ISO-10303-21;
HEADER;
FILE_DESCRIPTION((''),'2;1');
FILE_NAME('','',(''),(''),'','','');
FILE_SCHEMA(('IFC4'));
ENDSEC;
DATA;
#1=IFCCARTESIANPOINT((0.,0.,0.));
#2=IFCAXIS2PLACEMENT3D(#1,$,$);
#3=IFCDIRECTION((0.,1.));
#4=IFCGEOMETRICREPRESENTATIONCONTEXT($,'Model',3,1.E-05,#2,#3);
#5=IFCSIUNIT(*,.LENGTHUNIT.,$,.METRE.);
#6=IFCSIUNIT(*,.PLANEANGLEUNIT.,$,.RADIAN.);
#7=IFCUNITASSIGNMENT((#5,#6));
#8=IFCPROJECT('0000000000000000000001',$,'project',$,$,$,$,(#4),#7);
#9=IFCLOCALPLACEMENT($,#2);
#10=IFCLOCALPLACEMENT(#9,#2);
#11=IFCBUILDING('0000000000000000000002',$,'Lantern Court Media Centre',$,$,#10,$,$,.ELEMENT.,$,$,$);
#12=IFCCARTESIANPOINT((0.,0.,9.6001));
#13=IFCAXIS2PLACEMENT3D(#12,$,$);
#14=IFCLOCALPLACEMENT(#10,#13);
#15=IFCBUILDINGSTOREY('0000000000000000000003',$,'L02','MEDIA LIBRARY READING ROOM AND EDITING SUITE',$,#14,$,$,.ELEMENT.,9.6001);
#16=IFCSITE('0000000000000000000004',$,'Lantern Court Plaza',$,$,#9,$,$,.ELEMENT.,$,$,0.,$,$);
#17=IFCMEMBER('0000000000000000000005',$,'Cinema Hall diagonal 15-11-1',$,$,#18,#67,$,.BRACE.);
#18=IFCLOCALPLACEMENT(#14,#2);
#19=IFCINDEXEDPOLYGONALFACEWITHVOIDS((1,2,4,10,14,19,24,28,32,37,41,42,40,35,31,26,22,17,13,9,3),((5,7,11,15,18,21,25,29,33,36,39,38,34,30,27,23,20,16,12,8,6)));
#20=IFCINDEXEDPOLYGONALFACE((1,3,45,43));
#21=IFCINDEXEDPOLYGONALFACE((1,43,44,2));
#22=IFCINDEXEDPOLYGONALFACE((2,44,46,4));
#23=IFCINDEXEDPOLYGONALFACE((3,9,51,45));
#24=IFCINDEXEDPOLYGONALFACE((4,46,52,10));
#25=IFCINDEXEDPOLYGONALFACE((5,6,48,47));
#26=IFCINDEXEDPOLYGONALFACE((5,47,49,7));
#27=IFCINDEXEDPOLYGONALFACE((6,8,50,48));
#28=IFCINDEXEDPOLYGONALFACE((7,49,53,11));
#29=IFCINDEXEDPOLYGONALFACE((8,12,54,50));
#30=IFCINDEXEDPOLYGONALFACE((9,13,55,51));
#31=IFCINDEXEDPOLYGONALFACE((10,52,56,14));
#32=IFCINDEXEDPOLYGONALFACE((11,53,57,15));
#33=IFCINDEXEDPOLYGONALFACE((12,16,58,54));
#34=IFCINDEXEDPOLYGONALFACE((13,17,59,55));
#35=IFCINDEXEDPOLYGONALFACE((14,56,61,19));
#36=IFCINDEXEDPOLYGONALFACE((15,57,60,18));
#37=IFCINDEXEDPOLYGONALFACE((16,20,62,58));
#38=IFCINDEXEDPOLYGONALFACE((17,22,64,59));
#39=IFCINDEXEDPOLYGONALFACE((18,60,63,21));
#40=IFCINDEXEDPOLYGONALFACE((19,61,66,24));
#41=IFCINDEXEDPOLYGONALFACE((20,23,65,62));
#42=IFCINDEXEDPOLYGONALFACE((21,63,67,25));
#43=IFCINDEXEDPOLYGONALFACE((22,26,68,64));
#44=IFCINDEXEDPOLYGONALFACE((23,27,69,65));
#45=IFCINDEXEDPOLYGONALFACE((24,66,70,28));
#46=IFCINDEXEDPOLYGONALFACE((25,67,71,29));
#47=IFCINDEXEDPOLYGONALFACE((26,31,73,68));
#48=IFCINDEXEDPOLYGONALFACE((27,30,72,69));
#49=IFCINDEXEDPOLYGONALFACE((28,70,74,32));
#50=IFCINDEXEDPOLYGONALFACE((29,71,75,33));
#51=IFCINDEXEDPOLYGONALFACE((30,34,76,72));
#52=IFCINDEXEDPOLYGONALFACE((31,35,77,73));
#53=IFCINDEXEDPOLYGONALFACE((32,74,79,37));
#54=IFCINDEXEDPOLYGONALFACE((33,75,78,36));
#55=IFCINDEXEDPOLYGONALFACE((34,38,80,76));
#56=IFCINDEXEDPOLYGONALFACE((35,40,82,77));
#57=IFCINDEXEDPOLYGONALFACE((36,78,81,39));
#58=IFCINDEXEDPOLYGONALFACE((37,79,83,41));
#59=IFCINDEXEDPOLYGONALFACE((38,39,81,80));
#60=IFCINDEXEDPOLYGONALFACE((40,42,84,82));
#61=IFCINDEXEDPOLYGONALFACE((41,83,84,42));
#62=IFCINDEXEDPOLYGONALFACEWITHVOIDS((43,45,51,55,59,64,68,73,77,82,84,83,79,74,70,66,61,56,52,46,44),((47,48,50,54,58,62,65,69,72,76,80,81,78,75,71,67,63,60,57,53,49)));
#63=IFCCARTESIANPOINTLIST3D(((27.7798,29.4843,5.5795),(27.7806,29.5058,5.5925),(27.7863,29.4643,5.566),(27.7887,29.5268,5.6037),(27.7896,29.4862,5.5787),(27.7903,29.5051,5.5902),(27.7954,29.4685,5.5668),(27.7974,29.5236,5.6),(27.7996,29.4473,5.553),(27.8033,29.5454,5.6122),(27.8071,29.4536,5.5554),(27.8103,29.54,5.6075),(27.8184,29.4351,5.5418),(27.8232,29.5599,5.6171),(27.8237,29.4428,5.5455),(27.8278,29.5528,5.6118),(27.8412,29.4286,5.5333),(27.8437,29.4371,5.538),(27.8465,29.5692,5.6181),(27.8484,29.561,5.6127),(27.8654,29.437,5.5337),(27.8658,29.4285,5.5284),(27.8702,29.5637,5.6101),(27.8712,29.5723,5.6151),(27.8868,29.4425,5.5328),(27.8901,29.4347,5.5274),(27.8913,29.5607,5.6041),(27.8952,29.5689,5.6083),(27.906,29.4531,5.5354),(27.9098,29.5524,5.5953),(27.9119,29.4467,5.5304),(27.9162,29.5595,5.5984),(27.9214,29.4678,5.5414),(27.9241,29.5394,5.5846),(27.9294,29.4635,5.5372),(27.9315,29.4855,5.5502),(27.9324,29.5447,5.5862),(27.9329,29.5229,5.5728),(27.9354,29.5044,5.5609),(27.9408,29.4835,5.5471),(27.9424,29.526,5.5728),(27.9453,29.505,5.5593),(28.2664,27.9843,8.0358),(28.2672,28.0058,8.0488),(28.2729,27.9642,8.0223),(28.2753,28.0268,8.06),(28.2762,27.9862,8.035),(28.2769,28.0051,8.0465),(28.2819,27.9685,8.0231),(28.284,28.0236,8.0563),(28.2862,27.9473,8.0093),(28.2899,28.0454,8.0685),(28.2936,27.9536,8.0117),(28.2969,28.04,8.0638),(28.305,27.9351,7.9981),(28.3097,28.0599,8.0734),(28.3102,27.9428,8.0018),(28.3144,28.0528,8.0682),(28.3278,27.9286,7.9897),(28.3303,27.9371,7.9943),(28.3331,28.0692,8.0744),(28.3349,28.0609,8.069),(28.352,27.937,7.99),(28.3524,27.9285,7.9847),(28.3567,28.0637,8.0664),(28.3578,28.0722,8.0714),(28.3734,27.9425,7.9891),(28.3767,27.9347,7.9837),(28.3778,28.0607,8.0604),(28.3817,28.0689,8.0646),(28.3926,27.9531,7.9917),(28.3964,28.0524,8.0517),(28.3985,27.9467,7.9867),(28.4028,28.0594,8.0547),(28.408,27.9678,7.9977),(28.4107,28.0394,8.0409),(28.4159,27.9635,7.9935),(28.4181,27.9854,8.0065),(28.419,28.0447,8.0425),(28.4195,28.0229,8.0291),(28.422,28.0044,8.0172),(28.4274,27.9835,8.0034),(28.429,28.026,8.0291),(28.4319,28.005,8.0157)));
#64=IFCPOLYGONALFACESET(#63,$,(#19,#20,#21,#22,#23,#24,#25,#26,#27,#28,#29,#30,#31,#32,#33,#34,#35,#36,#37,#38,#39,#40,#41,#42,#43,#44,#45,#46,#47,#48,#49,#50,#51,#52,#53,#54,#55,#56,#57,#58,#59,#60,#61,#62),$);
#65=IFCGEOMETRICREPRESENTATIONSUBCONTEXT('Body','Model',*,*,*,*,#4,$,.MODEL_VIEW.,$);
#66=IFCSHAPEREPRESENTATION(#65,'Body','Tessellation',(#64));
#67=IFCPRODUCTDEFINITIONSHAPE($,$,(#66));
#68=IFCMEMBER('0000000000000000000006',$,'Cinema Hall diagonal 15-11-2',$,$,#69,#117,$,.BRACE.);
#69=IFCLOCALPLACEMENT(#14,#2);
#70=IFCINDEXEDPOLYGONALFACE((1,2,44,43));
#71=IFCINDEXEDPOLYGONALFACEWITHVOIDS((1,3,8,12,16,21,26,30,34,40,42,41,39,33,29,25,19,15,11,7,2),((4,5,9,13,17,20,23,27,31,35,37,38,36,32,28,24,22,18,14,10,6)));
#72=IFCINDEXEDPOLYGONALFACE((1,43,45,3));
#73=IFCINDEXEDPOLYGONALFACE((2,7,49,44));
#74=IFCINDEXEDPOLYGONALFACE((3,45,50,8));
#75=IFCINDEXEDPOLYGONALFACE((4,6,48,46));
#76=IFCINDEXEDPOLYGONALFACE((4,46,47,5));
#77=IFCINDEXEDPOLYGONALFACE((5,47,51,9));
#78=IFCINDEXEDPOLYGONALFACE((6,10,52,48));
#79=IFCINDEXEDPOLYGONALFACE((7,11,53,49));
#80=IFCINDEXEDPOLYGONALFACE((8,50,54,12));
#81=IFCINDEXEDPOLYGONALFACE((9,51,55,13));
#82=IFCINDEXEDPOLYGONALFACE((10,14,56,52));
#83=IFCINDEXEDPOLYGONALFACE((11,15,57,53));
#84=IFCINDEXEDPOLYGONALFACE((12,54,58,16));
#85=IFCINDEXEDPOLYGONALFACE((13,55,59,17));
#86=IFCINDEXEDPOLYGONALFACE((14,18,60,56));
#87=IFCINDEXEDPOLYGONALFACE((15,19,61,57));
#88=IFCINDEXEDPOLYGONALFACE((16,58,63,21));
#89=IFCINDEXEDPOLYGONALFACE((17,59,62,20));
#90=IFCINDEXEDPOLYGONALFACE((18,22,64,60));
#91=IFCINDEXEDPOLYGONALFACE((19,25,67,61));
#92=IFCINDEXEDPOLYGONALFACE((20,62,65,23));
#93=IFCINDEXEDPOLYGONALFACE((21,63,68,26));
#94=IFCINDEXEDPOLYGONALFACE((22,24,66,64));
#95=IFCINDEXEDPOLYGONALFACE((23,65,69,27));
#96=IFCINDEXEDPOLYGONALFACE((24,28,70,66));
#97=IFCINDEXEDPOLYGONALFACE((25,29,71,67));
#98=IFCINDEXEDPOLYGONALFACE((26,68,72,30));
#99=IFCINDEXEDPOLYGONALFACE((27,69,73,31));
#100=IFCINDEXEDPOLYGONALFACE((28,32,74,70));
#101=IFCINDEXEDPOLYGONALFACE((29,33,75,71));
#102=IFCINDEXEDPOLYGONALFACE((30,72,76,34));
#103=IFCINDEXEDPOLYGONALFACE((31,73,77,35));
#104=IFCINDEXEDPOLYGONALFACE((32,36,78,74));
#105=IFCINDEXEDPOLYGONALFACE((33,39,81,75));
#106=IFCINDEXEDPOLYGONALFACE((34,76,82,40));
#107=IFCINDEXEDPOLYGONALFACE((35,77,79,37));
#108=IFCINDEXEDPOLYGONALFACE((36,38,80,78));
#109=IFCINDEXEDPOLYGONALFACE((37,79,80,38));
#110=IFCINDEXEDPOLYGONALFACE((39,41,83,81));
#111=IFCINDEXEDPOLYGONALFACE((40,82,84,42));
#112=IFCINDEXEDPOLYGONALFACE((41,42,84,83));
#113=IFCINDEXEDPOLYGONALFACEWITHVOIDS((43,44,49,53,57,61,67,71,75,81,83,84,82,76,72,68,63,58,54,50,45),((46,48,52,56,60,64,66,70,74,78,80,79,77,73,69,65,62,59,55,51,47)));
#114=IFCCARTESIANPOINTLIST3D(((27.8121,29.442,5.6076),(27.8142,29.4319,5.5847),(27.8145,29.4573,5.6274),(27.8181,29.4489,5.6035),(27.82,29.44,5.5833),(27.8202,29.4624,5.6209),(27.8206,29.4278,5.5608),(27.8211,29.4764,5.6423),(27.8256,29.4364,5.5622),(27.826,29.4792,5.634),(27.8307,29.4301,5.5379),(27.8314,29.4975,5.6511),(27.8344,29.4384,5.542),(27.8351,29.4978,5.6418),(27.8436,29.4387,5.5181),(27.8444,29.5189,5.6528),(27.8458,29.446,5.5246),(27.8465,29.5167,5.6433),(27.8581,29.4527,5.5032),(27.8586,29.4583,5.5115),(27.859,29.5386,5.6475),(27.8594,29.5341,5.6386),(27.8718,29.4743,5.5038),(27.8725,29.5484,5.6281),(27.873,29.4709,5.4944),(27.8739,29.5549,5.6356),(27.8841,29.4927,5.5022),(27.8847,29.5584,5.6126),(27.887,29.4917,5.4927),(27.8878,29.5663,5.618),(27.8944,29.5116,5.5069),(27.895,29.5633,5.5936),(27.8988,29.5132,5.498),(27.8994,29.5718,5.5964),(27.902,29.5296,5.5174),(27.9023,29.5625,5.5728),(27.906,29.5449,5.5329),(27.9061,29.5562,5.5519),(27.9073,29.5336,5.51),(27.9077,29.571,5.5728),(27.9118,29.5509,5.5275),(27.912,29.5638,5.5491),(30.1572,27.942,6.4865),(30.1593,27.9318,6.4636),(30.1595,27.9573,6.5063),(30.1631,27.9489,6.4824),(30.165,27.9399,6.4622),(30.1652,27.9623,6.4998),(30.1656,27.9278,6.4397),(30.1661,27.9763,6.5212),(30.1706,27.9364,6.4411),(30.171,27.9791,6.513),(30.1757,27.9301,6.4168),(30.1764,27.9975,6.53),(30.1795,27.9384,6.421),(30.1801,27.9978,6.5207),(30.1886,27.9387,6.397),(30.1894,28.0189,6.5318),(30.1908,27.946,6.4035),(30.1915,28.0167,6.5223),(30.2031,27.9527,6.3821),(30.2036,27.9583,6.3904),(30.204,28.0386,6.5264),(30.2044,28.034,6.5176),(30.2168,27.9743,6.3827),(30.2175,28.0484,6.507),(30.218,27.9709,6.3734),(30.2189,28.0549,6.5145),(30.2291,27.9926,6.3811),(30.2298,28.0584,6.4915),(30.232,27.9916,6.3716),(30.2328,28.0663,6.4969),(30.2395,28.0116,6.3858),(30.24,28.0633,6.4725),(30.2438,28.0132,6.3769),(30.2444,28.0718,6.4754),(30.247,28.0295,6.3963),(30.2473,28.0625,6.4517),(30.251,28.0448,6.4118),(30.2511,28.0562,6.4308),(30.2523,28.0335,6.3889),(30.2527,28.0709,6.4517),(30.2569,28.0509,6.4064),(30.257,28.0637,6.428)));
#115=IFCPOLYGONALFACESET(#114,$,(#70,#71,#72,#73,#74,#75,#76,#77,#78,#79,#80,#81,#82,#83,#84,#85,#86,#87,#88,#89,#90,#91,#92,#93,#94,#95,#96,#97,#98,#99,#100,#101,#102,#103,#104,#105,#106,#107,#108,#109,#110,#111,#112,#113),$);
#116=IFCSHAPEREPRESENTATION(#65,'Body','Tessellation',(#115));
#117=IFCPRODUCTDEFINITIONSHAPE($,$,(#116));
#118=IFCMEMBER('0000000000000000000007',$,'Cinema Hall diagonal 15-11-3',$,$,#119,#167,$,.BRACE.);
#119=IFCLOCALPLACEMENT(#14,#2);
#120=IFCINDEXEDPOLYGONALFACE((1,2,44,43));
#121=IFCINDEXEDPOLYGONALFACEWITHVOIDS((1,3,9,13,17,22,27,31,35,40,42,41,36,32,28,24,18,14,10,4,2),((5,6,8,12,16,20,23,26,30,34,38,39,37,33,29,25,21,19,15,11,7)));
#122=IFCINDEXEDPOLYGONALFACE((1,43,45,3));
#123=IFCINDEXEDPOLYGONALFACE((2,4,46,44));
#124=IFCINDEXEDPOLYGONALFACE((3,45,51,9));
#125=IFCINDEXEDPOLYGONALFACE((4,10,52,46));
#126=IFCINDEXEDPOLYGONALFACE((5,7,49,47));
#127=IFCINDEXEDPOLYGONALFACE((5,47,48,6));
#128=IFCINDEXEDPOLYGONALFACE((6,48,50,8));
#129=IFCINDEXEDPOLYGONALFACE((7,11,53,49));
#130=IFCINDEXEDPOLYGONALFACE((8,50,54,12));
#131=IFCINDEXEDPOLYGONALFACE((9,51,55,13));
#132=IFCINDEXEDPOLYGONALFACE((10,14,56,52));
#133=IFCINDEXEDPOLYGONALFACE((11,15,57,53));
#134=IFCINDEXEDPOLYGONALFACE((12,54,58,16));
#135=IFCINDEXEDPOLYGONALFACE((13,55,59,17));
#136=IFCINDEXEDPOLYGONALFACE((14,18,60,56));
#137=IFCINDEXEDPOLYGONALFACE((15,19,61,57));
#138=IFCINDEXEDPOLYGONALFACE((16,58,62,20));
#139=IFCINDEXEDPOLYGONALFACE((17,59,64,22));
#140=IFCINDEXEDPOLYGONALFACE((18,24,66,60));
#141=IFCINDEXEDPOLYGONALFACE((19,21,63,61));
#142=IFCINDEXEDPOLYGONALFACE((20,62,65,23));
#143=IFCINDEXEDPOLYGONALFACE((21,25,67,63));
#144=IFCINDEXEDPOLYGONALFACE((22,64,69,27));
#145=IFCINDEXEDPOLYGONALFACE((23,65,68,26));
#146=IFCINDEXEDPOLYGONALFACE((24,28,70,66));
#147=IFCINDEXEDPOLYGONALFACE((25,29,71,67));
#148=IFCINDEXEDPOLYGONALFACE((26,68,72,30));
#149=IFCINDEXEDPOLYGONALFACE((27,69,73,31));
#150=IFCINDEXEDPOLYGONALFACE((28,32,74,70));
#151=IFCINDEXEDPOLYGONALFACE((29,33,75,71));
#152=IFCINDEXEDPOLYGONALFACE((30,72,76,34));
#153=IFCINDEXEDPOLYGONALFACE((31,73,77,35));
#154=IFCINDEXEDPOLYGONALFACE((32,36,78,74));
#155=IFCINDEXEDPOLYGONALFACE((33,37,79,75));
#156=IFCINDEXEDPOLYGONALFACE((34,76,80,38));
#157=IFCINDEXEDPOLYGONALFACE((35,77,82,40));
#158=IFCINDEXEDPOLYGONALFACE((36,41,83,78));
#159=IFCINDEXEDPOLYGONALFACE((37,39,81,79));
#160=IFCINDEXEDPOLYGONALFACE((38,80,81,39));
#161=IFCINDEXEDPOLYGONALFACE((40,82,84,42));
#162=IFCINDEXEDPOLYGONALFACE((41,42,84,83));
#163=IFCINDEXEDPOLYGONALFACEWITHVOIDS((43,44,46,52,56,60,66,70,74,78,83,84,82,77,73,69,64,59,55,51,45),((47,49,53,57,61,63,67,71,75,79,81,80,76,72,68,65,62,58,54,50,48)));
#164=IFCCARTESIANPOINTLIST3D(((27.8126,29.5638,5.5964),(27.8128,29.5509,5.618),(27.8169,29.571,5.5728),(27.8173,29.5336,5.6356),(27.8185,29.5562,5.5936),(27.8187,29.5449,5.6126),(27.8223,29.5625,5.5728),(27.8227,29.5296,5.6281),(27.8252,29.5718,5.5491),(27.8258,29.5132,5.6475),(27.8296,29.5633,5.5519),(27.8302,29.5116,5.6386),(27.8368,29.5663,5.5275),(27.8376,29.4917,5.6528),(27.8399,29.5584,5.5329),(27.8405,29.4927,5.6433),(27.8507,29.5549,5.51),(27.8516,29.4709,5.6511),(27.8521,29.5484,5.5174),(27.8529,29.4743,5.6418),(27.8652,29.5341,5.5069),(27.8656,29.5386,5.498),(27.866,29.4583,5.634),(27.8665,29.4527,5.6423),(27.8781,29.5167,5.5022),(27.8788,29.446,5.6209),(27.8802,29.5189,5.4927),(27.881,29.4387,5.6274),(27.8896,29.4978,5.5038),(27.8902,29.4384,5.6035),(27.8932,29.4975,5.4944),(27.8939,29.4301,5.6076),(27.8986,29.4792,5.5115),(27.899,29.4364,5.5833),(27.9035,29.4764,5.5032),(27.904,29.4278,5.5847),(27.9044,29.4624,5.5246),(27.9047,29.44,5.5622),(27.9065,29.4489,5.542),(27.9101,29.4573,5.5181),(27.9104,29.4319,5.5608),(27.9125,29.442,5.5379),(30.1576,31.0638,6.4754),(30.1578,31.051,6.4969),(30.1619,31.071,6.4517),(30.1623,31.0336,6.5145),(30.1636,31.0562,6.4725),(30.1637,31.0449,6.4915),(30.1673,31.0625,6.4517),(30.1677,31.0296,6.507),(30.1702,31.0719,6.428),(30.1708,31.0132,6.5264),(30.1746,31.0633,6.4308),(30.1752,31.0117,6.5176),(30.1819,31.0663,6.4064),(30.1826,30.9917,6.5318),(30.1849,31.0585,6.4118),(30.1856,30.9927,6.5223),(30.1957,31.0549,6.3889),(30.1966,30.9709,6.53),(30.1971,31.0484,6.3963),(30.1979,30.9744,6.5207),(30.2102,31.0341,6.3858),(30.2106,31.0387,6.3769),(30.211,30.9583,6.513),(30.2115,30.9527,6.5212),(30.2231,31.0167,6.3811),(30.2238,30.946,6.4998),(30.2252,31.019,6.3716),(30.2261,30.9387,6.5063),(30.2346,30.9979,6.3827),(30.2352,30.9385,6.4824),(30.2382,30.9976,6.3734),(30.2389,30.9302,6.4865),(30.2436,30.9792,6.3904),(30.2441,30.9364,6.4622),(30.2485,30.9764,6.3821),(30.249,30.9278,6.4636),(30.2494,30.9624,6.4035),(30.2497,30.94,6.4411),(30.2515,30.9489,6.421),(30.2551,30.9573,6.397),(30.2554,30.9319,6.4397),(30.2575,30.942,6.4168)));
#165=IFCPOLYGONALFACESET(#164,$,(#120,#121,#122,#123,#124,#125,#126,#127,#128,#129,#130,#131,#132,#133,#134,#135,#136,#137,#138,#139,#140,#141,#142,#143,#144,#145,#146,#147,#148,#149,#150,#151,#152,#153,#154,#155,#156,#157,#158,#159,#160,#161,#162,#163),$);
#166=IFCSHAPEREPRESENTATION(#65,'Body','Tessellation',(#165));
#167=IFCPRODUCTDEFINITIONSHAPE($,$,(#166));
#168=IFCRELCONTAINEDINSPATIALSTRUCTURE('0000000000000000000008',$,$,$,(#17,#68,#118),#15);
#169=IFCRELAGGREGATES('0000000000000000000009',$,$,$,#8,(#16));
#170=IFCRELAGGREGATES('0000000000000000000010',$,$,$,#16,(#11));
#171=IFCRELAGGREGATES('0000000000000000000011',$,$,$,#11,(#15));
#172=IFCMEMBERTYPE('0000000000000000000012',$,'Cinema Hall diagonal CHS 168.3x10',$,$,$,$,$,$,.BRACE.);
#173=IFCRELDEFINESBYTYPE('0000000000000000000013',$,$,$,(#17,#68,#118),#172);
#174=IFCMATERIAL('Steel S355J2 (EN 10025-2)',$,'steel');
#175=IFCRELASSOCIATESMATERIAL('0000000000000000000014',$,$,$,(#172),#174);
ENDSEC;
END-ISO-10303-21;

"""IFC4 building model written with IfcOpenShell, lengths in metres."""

from ifc_helpers import new_model, si_unit, direction, frame, origin, origin_2d, place, context, subcontext, project, spatial, hollow_circle, extrude, material, material_profile, profile_set, type_object, element, save


model = new_model("IFC4")

# Units and contexts
model_context = context("Model", 3, precision=1e-05, world=origin(), true_north=direction((0.0, 1.0)))
body_context = subcontext(model_context, "Body", "Model", "MODEL_VIEW")
ifc_project = project(units=[si_unit("LENGTHUNIT", "METRE"), si_unit("PLANEANGLEUNIT", "RADIAN")], contexts=[model_context])

# Site, building, storey
site_placement = place(None, origin())
site = spatial("IfcSite", under=ifc_project, at=site_placement, Name="Lantern Court Plaza", CompositionType="ELEMENT", RefElevation=0.0)
building_placement = place(site_placement, origin())
building = spatial("IfcBuilding", under=site, at=building_placement, Name="Lantern Court Media Centre", CompositionType="ELEMENT")
storey_placement = place(building_placement, frame((0.0, 0.0, 9.6001)))
storey = spatial("IfcBuildingStorey", under=building, at=storey_placement, Name="L02", Description="MEDIA LIBRARY READING ROOM AND EDITING SUITE", CompositionType="ELEMENT", Elevation=9.6001)

# Members
ifc_material = material(Name="Steel S355J2 (EN 10025-2)", Category="steel")
ifc_material_profile_1 = material_profile(ifc_material, hollow_circle(Radius=0.0842, WallThickness=0.01, at=origin_2d()), Name="Cinema Hall diagonal CHS 168.3x10")
ifc_profile_set_1 = profile_set([ifc_material_profile_1], Name="Steel S355J2 (EN 10025-2)")
member_type_1 = type_object("IfcMemberType", Name="Cinema Hall diagonal CHS 168.3x10", PredefinedType="BRACE", material=ifc_profile_set_1)
member_1_placement = place(storey_placement, frame((27.8623, 29.5, 5.5728), z_axis=(0.166695, -0.513887, 0.841506), x_axis=(0.951207, 0.308554, 0.0)))
element("IfcMember", 1, at=member_1_placement, inside=storey, type_object=member_type_1, Name="Cinema Hall diagonal 15-11-1", PredefinedType="BRACE", context=body_context, shape_type="SweptSolid", body=[
    extrude(hollow_circle(Radius=0.0842, WallThickness=0.01, at=origin_2d()), origin(), (0.0, 0.0, 1.0), 2.9189),
])
for number, where, z_axis, x_axis, name in (
    (2, (27.8623, 29.5, 5.5728), (0.803309, -0.51385, 0.301084), (0.538855, 0.842399, 0.0), "Cinema Hall diagonal 15-11-2"),
    (3, (27.8623, 29.5, 5.5728), (0.803309, 0.51385, 0.301084), (-0.538855, 0.842399, 0.0), "Cinema Hall diagonal 15-11-3"),
):
    element("IfcMember", number, at=place(storey_placement, frame(where, z_axis=z_axis, x_axis=x_axis)), inside=storey, type_object=member_type_1, Name=name, PredefinedType="BRACE", context=body_context, shape_type="SweptSolid", body=[
        extrude(hollow_circle(Radius=0.0842, WallThickness=0.01, at=origin_2d()), origin(), (0.0, 0.0, 1.0), 2.9192),
    ])

save(model, "model.ifc")
